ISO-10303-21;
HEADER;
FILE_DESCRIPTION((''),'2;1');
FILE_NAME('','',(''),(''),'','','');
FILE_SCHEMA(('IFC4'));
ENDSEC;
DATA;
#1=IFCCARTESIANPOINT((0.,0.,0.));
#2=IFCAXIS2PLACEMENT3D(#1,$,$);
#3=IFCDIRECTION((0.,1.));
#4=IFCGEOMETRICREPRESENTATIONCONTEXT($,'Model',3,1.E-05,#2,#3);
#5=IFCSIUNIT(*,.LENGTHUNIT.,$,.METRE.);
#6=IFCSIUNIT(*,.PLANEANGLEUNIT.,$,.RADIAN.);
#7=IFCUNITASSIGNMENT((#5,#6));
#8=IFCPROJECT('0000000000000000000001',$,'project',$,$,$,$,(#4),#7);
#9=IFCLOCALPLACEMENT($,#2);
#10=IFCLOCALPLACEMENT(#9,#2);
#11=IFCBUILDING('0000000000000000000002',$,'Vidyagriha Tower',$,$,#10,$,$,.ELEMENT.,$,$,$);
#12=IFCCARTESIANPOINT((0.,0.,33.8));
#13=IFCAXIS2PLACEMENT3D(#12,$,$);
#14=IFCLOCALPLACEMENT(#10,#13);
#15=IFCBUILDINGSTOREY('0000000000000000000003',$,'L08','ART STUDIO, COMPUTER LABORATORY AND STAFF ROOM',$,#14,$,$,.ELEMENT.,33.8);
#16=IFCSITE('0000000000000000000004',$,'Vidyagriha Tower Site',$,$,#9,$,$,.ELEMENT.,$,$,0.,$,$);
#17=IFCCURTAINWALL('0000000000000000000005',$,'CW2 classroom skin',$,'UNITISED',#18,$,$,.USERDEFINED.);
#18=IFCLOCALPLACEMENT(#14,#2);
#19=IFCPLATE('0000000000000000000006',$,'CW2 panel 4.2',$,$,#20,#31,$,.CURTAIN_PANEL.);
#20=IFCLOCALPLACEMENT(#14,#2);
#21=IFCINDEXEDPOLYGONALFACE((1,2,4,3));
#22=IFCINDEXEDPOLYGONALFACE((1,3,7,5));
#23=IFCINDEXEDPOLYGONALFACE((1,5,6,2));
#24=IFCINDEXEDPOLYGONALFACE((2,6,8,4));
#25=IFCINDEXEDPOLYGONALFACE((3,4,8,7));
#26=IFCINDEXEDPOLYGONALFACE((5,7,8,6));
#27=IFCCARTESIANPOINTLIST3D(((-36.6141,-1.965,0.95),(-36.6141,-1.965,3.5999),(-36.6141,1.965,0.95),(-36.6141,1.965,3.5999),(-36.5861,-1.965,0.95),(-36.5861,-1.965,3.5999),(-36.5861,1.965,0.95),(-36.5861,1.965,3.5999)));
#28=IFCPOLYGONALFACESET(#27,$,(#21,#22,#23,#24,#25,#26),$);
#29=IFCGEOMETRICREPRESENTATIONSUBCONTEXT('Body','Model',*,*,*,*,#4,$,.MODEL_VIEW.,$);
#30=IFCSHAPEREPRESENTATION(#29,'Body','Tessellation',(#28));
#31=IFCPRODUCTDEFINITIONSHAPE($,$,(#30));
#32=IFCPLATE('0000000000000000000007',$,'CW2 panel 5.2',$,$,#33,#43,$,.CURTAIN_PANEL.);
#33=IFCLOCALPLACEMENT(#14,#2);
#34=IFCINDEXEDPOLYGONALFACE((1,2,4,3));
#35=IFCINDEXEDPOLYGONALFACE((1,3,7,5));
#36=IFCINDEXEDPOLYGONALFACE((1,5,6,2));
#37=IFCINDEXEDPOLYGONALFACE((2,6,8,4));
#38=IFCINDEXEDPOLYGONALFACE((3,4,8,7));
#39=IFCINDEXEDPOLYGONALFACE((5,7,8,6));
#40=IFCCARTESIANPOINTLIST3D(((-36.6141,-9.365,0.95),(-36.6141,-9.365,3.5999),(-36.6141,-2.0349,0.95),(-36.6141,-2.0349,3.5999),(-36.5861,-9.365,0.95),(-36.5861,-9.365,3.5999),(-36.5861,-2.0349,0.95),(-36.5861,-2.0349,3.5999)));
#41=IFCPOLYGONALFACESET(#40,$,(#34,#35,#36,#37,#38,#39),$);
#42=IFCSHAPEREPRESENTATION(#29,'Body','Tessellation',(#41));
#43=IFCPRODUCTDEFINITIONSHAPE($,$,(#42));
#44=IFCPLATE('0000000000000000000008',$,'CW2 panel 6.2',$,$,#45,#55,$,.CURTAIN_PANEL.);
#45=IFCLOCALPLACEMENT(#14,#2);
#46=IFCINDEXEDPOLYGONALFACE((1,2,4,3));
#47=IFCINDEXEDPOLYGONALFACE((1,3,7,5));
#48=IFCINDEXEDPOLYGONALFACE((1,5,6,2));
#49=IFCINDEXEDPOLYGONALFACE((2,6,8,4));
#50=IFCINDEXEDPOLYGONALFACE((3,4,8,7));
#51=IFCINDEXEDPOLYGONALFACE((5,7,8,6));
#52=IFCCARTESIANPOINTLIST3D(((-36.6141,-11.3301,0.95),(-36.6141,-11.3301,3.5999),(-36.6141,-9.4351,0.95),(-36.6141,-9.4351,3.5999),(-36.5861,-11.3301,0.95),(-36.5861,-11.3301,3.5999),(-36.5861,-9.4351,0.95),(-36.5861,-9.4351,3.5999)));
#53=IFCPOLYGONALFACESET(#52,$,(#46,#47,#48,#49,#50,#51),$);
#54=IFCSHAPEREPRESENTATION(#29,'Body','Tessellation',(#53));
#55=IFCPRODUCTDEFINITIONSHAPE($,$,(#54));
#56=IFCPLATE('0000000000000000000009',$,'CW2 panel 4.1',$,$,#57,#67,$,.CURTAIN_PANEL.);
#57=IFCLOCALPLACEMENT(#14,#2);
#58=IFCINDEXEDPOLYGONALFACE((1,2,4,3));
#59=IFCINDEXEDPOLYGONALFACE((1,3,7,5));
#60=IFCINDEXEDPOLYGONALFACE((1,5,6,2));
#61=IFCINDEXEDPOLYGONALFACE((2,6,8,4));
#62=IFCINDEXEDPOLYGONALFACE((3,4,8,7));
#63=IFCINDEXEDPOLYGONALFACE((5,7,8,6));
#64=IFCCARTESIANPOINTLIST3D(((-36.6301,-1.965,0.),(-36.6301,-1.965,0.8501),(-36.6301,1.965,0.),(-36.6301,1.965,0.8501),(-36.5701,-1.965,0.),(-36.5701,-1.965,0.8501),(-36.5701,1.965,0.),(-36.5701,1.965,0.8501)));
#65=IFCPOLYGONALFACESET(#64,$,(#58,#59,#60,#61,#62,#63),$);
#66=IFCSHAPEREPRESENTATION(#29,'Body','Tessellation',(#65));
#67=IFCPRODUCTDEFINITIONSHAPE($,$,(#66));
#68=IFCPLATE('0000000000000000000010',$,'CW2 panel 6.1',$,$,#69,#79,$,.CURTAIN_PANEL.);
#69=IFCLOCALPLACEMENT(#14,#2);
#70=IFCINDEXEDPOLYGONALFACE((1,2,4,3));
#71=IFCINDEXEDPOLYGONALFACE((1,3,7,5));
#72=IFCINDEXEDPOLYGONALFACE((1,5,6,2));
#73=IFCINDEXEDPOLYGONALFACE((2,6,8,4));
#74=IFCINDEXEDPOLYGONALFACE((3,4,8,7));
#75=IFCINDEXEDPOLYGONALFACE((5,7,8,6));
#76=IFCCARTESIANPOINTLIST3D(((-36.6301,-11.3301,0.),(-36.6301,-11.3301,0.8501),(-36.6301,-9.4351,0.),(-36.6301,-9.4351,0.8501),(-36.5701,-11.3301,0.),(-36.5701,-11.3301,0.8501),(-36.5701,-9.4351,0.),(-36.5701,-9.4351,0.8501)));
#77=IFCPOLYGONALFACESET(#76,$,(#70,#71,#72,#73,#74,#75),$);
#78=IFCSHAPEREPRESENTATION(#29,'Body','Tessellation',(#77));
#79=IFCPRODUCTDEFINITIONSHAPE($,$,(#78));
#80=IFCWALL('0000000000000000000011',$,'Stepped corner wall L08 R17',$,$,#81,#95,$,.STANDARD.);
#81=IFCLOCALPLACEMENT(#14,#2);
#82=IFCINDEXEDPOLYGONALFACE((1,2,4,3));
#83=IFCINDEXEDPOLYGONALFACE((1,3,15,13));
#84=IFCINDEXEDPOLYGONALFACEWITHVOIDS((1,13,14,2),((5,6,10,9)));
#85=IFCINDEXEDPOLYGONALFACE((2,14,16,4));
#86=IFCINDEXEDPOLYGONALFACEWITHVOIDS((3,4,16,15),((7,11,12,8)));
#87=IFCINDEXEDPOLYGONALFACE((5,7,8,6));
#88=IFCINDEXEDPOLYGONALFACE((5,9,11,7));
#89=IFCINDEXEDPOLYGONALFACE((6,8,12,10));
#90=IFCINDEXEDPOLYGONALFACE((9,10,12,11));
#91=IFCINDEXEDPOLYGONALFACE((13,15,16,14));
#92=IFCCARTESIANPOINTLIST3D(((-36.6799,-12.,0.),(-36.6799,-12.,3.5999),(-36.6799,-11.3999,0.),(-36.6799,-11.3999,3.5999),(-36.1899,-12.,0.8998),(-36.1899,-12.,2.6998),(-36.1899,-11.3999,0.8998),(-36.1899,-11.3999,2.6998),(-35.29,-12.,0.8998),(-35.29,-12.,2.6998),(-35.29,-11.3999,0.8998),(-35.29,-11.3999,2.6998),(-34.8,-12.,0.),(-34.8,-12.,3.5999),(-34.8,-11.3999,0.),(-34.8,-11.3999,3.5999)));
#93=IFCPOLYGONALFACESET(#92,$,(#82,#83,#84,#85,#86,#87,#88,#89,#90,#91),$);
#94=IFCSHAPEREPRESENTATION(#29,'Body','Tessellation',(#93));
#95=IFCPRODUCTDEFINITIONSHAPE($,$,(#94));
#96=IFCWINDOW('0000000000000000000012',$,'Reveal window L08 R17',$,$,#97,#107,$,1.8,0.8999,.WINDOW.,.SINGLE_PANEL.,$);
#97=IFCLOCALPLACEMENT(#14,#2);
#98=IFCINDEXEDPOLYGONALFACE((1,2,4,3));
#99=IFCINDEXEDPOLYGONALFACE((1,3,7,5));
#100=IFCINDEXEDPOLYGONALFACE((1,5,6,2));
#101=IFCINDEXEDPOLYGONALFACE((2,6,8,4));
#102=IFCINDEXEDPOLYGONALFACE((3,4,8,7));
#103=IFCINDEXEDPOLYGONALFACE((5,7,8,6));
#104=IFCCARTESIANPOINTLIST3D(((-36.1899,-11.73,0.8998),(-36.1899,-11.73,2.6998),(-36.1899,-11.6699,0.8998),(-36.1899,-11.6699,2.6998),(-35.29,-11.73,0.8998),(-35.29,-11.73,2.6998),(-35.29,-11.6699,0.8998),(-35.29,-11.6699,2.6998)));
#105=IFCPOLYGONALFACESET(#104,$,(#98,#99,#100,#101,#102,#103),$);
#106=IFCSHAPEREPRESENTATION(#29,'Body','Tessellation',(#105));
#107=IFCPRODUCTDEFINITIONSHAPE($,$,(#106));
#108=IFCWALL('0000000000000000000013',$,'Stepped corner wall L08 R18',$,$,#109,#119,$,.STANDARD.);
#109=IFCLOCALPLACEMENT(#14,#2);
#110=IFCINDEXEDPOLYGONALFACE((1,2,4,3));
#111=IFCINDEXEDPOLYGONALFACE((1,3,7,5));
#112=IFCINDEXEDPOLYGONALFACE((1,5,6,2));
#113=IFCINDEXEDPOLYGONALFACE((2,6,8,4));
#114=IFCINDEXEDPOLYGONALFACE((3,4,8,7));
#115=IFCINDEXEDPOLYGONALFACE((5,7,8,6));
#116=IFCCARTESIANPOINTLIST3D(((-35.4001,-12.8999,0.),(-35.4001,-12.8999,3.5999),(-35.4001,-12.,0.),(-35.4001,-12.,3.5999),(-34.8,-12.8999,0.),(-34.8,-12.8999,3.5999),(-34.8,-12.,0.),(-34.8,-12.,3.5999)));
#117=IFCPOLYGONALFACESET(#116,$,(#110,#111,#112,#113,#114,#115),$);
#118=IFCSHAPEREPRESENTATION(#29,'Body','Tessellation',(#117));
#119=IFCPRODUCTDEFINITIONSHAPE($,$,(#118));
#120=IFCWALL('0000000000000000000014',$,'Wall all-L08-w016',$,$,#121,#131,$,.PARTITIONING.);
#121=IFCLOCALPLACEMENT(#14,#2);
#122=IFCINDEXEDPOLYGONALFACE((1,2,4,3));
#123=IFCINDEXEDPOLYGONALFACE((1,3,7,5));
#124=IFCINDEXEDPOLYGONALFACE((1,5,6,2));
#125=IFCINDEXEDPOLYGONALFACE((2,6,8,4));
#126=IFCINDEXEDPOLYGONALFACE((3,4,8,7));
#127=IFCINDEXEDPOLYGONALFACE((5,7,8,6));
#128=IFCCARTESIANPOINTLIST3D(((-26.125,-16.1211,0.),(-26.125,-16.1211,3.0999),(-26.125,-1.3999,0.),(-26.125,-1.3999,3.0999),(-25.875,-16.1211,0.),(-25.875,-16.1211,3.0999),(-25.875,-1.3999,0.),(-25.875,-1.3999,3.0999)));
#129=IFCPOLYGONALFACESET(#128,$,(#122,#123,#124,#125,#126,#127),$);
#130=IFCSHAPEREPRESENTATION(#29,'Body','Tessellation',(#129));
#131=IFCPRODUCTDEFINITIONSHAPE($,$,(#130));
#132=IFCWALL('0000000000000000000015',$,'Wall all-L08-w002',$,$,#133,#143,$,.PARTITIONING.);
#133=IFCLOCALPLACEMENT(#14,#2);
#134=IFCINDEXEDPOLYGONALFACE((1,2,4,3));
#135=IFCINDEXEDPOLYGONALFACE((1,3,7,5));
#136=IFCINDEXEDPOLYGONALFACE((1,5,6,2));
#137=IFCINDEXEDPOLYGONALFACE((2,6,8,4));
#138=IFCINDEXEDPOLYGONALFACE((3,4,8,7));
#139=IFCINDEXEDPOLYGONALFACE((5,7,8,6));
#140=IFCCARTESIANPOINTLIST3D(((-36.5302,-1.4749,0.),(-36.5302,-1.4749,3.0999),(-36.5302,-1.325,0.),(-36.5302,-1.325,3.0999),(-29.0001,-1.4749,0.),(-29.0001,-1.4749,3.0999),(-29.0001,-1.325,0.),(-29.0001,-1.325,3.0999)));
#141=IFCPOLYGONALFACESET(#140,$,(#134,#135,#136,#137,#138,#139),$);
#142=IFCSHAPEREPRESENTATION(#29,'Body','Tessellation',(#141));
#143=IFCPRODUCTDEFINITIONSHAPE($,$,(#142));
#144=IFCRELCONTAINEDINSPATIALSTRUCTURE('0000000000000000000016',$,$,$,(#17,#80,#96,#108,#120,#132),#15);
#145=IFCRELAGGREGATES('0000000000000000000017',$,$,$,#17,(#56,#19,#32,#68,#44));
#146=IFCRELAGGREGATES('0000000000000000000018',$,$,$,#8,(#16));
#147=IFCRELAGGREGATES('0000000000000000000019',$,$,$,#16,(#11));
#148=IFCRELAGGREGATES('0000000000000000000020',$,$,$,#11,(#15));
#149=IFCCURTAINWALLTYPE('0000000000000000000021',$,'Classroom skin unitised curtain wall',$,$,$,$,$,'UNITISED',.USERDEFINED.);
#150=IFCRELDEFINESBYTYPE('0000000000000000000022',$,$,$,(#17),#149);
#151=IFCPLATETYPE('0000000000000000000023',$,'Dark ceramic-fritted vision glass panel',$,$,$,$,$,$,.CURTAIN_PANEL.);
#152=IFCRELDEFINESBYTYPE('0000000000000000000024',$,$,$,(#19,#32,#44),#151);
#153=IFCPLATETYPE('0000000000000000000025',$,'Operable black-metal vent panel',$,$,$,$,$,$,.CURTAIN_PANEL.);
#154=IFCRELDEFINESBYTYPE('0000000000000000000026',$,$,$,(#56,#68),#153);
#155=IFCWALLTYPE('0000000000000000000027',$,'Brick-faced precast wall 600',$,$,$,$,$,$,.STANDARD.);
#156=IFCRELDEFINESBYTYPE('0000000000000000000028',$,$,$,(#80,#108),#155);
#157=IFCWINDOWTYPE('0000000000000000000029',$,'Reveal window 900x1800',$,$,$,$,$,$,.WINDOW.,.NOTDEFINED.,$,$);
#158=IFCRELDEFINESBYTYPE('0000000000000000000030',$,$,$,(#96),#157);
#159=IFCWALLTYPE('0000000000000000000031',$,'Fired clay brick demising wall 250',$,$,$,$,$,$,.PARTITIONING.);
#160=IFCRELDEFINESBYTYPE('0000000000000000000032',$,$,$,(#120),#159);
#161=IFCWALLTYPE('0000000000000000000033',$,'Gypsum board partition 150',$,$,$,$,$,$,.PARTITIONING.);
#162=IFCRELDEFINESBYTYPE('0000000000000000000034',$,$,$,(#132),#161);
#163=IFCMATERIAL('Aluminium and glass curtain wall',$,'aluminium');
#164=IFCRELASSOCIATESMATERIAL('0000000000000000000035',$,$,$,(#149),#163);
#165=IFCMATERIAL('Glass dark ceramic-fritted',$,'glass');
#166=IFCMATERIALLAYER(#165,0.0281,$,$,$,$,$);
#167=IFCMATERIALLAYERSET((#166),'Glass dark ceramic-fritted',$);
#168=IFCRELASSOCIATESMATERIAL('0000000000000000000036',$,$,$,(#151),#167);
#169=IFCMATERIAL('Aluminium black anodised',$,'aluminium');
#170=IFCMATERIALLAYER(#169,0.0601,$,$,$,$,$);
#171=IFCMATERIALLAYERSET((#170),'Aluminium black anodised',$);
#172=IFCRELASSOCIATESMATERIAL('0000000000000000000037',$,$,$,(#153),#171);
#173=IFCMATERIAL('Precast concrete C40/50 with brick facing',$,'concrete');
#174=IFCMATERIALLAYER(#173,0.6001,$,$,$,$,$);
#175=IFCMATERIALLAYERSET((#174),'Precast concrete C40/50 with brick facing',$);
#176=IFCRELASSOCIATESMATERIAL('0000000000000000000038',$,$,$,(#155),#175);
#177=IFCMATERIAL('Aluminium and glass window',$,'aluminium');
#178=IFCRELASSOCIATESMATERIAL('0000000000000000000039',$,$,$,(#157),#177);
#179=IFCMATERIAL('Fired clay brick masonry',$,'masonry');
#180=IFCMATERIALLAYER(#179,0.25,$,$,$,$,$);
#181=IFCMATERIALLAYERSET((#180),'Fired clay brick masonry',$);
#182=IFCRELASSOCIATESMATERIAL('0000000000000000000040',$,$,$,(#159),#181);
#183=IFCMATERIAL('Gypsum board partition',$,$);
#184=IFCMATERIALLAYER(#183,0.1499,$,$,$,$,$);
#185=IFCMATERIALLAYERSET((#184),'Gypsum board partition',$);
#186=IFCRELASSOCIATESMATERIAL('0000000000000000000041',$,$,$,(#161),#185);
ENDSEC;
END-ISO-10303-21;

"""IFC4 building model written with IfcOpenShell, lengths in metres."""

from ifc_helpers import new_model, si_unit, direction, frame, frame_2d, origin, origin_2d, place, context, subcontext, project, spatial, rectangle, extrude, material, layer, layer_set, type_object, element, fill, aggregate, save


model = new_model("IFC4")

# Units and contexts
model_context = context("Model", 3, precision=1e-05, world=origin(), true_north=direction((0.0, 1.0)))
body_context = subcontext(model_context, "Body", "Model", "MODEL_VIEW")
ifc_project = project(units=[si_unit("LENGTHUNIT", "METRE"), si_unit("PLANEANGLEUNIT", "RADIAN")], contexts=[model_context])

# Site, building, storey
site_placement = place(None, origin())
site = spatial("IfcSite", under=ifc_project, at=site_placement, Name="Vidyagriha Tower Site", CompositionType="ELEMENT", RefElevation=0.0)
building_placement = place(site_placement, origin())
building = spatial("IfcBuilding", under=site, at=building_placement, Name="Vidyagriha Tower", CompositionType="ELEMENT")
storey_placement = place(building_placement, frame((0.0, 0.0, 33.8)))
storey = spatial("IfcBuildingStorey", under=building, at=storey_placement, Name="L08", Description="ART STUDIO, COMPUTER LABORATORY AND STAFF ROOM", CompositionType="ELEMENT", Elevation=33.8)

# Curtain wall, plates
ifc_material_1 = material(Name="Aluminium and glass curtain wall", Category="aluminium")
curtain_wall_type = type_object("IfcCurtainWallType", Name="Classroom skin unitised curtain wall", ElementType="UNITISED", PredefinedType="USERDEFINED", material=ifc_material_1)
curtain_wall_placement = place(storey_placement, origin())
curtain_wall = element("IfcCurtainWall", 1, at=curtain_wall_placement, inside=storey, type_object=curtain_wall_type, Name="CW2 classroom skin", ObjectType="UNITISED", PredefinedType="USERDEFINED")
ifc_material_2 = material(Name="Glass dark ceramic-fritted", Category="glass")
ifc_layer_1 = layer(ifc_material_2, 0.0281)
ifc_layer_set_1 = layer_set([ifc_layer_1], Name="Glass dark ceramic-fritted")
plate_type_1 = type_object("IfcPlateType", Name="Dark ceramic-fritted vision glass panel", PredefinedType="CURTAIN_PANEL", material=ifc_layer_set_1)
plate_1_placement = place(storey_placement, frame((-36.6001, 0.0, 0.95), z_axis=(0.0, 0.0, 1.0), x_axis=(0.0, -1.0, 0.0)))
plate_1 = element("IfcPlate", 2, at=plate_1_placement, type_object=plate_type_1, Name="CW2 panel 4.2", PredefinedType="CURTAIN_PANEL", context=body_context, shape_type="SweptSolid", body=[
    extrude(rectangle(XDim=3.9299, YDim=0.0281, at=origin_2d()), origin(), (0.0, 0.0, 1.0), 2.6499),
])
plate_2_placement = place(storey_placement, frame((-36.6001, -5.7, 0.95), z_axis=(0.0, 0.0, 1.0), x_axis=(0.0, -1.0, 0.0)))
plate_2 = element("IfcPlate", 3, at=plate_2_placement, type_object=plate_type_1, Name="CW2 panel 5.2", PredefinedType="CURTAIN_PANEL", context=body_context, shape_type="SweptSolid", body=[
    extrude(rectangle(XDim=7.3301, YDim=0.0281, at=origin_2d()), origin(), (0.0, 0.0, 1.0), 2.6499),
])
plate_3_placement = place(storey_placement, frame((-36.6001, -10.3826, 0.95), z_axis=(0.0, 0.0, 1.0), x_axis=(0.0, -1.0, 0.0)))
plate_3 = element("IfcPlate", 4, at=plate_3_placement, type_object=plate_type_1, Name="CW2 panel 6.2", PredefinedType="CURTAIN_PANEL", context=body_context, shape_type="SweptSolid", body=[
    extrude(rectangle(XDim=1.895, YDim=0.0281, at=origin_2d()), origin(), (0.0, 0.0, 1.0), 2.6499),
])
ifc_material_3 = material(Name="Aluminium black anodised", Category="aluminium")
ifc_layer_2 = layer(ifc_material_3, 0.0601)
ifc_layer_set_2 = layer_set([ifc_layer_2], Name="Aluminium black anodised")
plate_type_2 = type_object("IfcPlateType", Name="Operable black-metal vent panel", PredefinedType="CURTAIN_PANEL", material=ifc_layer_set_2)
plate_4_placement = place(storey_placement, frame((-36.6001, 0.0, 0.0), z_axis=(0.0, 0.0, 1.0), x_axis=(0.0, -1.0, 0.0)))
plate_4 = element("IfcPlate", 5, at=plate_4_placement, type_object=plate_type_2, Name="CW2 panel 4.1", PredefinedType="CURTAIN_PANEL", context=body_context, shape_type="SweptSolid", body=[
    extrude(rectangle(XDim=3.9299, YDim=0.0601, at=origin_2d()), origin(), (0.0, 0.0, 1.0), 0.8501),
])
plate_5_placement = place(storey_placement, frame((-36.6001, -10.3826, 0.0), z_axis=(0.0, 0.0, 1.0), x_axis=(0.0, -1.0, 0.0)))
plate_5 = element("IfcPlate", 6, at=plate_5_placement, type_object=plate_type_2, Name="CW2 panel 6.1", PredefinedType="CURTAIN_PANEL", context=body_context, shape_type="SweptSolid", body=[
    extrude(rectangle(XDim=1.895, YDim=0.0601, at=origin_2d()), origin(), (0.0, 0.0, 1.0), 0.8501),
])
aggregate(curtain_wall, [plate_4, plate_1, plate_2, plate_5, plate_3])

# Wall, opening, window
ifc_material_4 = material(Name="Precast concrete C40/50 with brick facing", Category="concrete")
ifc_layer_3 = layer(ifc_material_4, 0.6001)
ifc_layer_set_3 = layer_set([ifc_layer_3], Name="Precast concrete C40/50 with brick facing")
wall_type_1 = type_object("IfcWallType", Name="Brick-faced precast wall 600", PredefinedType="STANDARD", material=ifc_layer_set_3)
wall_1_placement = place(storey_placement, frame((-36.6799, -11.7, 0.0)))
wall_1 = element("IfcWall", 7, at=wall_1_placement, inside=storey, type_object=wall_type_1, Name="Stepped corner wall L08 R17", PredefinedType="STANDARD", context=body_context, shape_type="SweptSolid", body=[
    extrude(rectangle(XDim=1.8799, YDim=0.6001, at=frame_2d((0.9399, 0.0))), origin(), (0.0, 0.0, 1.0), 3.5999),
])
opening_placement = place(wall_1_placement, frame((0.49, 0.0, 0.8999)))
opening = element("IfcOpeningElement", 8, at=opening_placement, cuts=wall_1, PredefinedType="OPENING", context=body_context, shape_type="SweptSolid", body=[
    extrude(rectangle(XDim=0.8999, YDim=1.8, at=frame_2d((0.45, 0.8999))), frame((0.0, 0.3101, 0.0), z_axis=(0.0, -1.0, 0.0), x_axis=(1.0, 0.0, 0.0)), (0.0, 0.0, 1.0), 0.6201),
])
ifc_material_5 = material(Name="Aluminium and glass window", Category="aluminium")
window_type = type_object("IfcWindowType", Name="Reveal window 900x1800", PartitioningType="NOTDEFINED", PredefinedType="WINDOW", material=ifc_material_5)
window_placement = place(opening_placement, origin())
window = element("IfcWindow", 9, at=window_placement, inside=storey, type_object=window_type, Name="Reveal window L08 R17", OverallHeight=1.8, OverallWidth=0.8999, PartitioningType="SINGLE_PANEL", PredefinedType="WINDOW", context=body_context, shape_type="SweptSolid", body=[
    extrude(rectangle(XDim=0.8999, YDim=1.8, at=frame_2d((0.45, 0.8999))), frame((0.0, 0.03, 0.0), z_axis=(0.0, -1.0, 0.0), x_axis=(1.0, 0.0, 0.0)), (0.0, 0.0, 1.0), 0.0601),
])
fill(opening, window)

# Walls
wall_2_placement = place(storey_placement, frame((-35.1001, -12.0, 0.0), z_axis=(0.0, 0.0, 1.0), x_axis=(0.0, -1.0, 0.0)))
element("IfcWall", 10, at=wall_2_placement, inside=storey, type_object=wall_type_1, Name="Stepped corner wall L08 R18", PredefinedType="STANDARD", context=body_context, shape_type="SweptSolid", body=[
    extrude(rectangle(XDim=0.8999, YDim=0.6001, at=frame_2d((0.45, 0.0))), origin(), (0.0, 0.0, 1.0), 3.5999),
])
ifc_material_6 = material(Name="Fired clay brick masonry", Category="masonry")
ifc_layer_4 = layer(ifc_material_6, 0.25)
ifc_layer_set_4 = layer_set([ifc_layer_4], Name="Fired clay brick masonry")
wall_type_2 = type_object("IfcWallType", Name="Fired clay brick demising wall 250", PredefinedType="PARTITIONING", material=ifc_layer_set_4)
wall_3_placement = place(storey_placement, frame((-26.0, -1.3999, 0.0), z_axis=(0.0, 0.0, 1.0), x_axis=(0.0, -1.0, 0.0)))
element("IfcWall", 11, at=wall_3_placement, inside=storey, type_object=wall_type_2, Name="Wall all-L08-w016", PredefinedType="PARTITIONING", context=body_context, shape_type="SweptSolid", body=[
    extrude(rectangle(XDim=14.7212, YDim=0.25, at=frame_2d((7.3606, 0.0))), origin(), (0.0, 0.0, 1.0), 3.0999),
])
ifc_material_7 = material(Name="Gypsum board partition")
ifc_layer_5 = layer(ifc_material_7, 0.1499)
ifc_layer_set_5 = layer_set([ifc_layer_5], Name="Gypsum board partition")
wall_type_3 = type_object("IfcWallType", Name="Gypsum board partition 150", PredefinedType="PARTITIONING", material=ifc_layer_set_5)
wall_4_placement = place(storey_placement, frame((-29.0, -1.3999, 0.0), z_axis=(0.0, 0.0, 1.0), x_axis=(-1.0, 0.0, 0.0)))
element("IfcWall", 12, at=wall_4_placement, inside=storey, type_object=wall_type_3, Name="Wall all-L08-w002", PredefinedType="PARTITIONING", context=body_context, shape_type="SweptSolid", body=[
    extrude(rectangle(XDim=7.53, YDim=0.1499, at=frame_2d((3.7651, 0.0))), origin(), (0.0, 0.0, 1.0), 3.0999),
])

save(model, "model.ifc")
